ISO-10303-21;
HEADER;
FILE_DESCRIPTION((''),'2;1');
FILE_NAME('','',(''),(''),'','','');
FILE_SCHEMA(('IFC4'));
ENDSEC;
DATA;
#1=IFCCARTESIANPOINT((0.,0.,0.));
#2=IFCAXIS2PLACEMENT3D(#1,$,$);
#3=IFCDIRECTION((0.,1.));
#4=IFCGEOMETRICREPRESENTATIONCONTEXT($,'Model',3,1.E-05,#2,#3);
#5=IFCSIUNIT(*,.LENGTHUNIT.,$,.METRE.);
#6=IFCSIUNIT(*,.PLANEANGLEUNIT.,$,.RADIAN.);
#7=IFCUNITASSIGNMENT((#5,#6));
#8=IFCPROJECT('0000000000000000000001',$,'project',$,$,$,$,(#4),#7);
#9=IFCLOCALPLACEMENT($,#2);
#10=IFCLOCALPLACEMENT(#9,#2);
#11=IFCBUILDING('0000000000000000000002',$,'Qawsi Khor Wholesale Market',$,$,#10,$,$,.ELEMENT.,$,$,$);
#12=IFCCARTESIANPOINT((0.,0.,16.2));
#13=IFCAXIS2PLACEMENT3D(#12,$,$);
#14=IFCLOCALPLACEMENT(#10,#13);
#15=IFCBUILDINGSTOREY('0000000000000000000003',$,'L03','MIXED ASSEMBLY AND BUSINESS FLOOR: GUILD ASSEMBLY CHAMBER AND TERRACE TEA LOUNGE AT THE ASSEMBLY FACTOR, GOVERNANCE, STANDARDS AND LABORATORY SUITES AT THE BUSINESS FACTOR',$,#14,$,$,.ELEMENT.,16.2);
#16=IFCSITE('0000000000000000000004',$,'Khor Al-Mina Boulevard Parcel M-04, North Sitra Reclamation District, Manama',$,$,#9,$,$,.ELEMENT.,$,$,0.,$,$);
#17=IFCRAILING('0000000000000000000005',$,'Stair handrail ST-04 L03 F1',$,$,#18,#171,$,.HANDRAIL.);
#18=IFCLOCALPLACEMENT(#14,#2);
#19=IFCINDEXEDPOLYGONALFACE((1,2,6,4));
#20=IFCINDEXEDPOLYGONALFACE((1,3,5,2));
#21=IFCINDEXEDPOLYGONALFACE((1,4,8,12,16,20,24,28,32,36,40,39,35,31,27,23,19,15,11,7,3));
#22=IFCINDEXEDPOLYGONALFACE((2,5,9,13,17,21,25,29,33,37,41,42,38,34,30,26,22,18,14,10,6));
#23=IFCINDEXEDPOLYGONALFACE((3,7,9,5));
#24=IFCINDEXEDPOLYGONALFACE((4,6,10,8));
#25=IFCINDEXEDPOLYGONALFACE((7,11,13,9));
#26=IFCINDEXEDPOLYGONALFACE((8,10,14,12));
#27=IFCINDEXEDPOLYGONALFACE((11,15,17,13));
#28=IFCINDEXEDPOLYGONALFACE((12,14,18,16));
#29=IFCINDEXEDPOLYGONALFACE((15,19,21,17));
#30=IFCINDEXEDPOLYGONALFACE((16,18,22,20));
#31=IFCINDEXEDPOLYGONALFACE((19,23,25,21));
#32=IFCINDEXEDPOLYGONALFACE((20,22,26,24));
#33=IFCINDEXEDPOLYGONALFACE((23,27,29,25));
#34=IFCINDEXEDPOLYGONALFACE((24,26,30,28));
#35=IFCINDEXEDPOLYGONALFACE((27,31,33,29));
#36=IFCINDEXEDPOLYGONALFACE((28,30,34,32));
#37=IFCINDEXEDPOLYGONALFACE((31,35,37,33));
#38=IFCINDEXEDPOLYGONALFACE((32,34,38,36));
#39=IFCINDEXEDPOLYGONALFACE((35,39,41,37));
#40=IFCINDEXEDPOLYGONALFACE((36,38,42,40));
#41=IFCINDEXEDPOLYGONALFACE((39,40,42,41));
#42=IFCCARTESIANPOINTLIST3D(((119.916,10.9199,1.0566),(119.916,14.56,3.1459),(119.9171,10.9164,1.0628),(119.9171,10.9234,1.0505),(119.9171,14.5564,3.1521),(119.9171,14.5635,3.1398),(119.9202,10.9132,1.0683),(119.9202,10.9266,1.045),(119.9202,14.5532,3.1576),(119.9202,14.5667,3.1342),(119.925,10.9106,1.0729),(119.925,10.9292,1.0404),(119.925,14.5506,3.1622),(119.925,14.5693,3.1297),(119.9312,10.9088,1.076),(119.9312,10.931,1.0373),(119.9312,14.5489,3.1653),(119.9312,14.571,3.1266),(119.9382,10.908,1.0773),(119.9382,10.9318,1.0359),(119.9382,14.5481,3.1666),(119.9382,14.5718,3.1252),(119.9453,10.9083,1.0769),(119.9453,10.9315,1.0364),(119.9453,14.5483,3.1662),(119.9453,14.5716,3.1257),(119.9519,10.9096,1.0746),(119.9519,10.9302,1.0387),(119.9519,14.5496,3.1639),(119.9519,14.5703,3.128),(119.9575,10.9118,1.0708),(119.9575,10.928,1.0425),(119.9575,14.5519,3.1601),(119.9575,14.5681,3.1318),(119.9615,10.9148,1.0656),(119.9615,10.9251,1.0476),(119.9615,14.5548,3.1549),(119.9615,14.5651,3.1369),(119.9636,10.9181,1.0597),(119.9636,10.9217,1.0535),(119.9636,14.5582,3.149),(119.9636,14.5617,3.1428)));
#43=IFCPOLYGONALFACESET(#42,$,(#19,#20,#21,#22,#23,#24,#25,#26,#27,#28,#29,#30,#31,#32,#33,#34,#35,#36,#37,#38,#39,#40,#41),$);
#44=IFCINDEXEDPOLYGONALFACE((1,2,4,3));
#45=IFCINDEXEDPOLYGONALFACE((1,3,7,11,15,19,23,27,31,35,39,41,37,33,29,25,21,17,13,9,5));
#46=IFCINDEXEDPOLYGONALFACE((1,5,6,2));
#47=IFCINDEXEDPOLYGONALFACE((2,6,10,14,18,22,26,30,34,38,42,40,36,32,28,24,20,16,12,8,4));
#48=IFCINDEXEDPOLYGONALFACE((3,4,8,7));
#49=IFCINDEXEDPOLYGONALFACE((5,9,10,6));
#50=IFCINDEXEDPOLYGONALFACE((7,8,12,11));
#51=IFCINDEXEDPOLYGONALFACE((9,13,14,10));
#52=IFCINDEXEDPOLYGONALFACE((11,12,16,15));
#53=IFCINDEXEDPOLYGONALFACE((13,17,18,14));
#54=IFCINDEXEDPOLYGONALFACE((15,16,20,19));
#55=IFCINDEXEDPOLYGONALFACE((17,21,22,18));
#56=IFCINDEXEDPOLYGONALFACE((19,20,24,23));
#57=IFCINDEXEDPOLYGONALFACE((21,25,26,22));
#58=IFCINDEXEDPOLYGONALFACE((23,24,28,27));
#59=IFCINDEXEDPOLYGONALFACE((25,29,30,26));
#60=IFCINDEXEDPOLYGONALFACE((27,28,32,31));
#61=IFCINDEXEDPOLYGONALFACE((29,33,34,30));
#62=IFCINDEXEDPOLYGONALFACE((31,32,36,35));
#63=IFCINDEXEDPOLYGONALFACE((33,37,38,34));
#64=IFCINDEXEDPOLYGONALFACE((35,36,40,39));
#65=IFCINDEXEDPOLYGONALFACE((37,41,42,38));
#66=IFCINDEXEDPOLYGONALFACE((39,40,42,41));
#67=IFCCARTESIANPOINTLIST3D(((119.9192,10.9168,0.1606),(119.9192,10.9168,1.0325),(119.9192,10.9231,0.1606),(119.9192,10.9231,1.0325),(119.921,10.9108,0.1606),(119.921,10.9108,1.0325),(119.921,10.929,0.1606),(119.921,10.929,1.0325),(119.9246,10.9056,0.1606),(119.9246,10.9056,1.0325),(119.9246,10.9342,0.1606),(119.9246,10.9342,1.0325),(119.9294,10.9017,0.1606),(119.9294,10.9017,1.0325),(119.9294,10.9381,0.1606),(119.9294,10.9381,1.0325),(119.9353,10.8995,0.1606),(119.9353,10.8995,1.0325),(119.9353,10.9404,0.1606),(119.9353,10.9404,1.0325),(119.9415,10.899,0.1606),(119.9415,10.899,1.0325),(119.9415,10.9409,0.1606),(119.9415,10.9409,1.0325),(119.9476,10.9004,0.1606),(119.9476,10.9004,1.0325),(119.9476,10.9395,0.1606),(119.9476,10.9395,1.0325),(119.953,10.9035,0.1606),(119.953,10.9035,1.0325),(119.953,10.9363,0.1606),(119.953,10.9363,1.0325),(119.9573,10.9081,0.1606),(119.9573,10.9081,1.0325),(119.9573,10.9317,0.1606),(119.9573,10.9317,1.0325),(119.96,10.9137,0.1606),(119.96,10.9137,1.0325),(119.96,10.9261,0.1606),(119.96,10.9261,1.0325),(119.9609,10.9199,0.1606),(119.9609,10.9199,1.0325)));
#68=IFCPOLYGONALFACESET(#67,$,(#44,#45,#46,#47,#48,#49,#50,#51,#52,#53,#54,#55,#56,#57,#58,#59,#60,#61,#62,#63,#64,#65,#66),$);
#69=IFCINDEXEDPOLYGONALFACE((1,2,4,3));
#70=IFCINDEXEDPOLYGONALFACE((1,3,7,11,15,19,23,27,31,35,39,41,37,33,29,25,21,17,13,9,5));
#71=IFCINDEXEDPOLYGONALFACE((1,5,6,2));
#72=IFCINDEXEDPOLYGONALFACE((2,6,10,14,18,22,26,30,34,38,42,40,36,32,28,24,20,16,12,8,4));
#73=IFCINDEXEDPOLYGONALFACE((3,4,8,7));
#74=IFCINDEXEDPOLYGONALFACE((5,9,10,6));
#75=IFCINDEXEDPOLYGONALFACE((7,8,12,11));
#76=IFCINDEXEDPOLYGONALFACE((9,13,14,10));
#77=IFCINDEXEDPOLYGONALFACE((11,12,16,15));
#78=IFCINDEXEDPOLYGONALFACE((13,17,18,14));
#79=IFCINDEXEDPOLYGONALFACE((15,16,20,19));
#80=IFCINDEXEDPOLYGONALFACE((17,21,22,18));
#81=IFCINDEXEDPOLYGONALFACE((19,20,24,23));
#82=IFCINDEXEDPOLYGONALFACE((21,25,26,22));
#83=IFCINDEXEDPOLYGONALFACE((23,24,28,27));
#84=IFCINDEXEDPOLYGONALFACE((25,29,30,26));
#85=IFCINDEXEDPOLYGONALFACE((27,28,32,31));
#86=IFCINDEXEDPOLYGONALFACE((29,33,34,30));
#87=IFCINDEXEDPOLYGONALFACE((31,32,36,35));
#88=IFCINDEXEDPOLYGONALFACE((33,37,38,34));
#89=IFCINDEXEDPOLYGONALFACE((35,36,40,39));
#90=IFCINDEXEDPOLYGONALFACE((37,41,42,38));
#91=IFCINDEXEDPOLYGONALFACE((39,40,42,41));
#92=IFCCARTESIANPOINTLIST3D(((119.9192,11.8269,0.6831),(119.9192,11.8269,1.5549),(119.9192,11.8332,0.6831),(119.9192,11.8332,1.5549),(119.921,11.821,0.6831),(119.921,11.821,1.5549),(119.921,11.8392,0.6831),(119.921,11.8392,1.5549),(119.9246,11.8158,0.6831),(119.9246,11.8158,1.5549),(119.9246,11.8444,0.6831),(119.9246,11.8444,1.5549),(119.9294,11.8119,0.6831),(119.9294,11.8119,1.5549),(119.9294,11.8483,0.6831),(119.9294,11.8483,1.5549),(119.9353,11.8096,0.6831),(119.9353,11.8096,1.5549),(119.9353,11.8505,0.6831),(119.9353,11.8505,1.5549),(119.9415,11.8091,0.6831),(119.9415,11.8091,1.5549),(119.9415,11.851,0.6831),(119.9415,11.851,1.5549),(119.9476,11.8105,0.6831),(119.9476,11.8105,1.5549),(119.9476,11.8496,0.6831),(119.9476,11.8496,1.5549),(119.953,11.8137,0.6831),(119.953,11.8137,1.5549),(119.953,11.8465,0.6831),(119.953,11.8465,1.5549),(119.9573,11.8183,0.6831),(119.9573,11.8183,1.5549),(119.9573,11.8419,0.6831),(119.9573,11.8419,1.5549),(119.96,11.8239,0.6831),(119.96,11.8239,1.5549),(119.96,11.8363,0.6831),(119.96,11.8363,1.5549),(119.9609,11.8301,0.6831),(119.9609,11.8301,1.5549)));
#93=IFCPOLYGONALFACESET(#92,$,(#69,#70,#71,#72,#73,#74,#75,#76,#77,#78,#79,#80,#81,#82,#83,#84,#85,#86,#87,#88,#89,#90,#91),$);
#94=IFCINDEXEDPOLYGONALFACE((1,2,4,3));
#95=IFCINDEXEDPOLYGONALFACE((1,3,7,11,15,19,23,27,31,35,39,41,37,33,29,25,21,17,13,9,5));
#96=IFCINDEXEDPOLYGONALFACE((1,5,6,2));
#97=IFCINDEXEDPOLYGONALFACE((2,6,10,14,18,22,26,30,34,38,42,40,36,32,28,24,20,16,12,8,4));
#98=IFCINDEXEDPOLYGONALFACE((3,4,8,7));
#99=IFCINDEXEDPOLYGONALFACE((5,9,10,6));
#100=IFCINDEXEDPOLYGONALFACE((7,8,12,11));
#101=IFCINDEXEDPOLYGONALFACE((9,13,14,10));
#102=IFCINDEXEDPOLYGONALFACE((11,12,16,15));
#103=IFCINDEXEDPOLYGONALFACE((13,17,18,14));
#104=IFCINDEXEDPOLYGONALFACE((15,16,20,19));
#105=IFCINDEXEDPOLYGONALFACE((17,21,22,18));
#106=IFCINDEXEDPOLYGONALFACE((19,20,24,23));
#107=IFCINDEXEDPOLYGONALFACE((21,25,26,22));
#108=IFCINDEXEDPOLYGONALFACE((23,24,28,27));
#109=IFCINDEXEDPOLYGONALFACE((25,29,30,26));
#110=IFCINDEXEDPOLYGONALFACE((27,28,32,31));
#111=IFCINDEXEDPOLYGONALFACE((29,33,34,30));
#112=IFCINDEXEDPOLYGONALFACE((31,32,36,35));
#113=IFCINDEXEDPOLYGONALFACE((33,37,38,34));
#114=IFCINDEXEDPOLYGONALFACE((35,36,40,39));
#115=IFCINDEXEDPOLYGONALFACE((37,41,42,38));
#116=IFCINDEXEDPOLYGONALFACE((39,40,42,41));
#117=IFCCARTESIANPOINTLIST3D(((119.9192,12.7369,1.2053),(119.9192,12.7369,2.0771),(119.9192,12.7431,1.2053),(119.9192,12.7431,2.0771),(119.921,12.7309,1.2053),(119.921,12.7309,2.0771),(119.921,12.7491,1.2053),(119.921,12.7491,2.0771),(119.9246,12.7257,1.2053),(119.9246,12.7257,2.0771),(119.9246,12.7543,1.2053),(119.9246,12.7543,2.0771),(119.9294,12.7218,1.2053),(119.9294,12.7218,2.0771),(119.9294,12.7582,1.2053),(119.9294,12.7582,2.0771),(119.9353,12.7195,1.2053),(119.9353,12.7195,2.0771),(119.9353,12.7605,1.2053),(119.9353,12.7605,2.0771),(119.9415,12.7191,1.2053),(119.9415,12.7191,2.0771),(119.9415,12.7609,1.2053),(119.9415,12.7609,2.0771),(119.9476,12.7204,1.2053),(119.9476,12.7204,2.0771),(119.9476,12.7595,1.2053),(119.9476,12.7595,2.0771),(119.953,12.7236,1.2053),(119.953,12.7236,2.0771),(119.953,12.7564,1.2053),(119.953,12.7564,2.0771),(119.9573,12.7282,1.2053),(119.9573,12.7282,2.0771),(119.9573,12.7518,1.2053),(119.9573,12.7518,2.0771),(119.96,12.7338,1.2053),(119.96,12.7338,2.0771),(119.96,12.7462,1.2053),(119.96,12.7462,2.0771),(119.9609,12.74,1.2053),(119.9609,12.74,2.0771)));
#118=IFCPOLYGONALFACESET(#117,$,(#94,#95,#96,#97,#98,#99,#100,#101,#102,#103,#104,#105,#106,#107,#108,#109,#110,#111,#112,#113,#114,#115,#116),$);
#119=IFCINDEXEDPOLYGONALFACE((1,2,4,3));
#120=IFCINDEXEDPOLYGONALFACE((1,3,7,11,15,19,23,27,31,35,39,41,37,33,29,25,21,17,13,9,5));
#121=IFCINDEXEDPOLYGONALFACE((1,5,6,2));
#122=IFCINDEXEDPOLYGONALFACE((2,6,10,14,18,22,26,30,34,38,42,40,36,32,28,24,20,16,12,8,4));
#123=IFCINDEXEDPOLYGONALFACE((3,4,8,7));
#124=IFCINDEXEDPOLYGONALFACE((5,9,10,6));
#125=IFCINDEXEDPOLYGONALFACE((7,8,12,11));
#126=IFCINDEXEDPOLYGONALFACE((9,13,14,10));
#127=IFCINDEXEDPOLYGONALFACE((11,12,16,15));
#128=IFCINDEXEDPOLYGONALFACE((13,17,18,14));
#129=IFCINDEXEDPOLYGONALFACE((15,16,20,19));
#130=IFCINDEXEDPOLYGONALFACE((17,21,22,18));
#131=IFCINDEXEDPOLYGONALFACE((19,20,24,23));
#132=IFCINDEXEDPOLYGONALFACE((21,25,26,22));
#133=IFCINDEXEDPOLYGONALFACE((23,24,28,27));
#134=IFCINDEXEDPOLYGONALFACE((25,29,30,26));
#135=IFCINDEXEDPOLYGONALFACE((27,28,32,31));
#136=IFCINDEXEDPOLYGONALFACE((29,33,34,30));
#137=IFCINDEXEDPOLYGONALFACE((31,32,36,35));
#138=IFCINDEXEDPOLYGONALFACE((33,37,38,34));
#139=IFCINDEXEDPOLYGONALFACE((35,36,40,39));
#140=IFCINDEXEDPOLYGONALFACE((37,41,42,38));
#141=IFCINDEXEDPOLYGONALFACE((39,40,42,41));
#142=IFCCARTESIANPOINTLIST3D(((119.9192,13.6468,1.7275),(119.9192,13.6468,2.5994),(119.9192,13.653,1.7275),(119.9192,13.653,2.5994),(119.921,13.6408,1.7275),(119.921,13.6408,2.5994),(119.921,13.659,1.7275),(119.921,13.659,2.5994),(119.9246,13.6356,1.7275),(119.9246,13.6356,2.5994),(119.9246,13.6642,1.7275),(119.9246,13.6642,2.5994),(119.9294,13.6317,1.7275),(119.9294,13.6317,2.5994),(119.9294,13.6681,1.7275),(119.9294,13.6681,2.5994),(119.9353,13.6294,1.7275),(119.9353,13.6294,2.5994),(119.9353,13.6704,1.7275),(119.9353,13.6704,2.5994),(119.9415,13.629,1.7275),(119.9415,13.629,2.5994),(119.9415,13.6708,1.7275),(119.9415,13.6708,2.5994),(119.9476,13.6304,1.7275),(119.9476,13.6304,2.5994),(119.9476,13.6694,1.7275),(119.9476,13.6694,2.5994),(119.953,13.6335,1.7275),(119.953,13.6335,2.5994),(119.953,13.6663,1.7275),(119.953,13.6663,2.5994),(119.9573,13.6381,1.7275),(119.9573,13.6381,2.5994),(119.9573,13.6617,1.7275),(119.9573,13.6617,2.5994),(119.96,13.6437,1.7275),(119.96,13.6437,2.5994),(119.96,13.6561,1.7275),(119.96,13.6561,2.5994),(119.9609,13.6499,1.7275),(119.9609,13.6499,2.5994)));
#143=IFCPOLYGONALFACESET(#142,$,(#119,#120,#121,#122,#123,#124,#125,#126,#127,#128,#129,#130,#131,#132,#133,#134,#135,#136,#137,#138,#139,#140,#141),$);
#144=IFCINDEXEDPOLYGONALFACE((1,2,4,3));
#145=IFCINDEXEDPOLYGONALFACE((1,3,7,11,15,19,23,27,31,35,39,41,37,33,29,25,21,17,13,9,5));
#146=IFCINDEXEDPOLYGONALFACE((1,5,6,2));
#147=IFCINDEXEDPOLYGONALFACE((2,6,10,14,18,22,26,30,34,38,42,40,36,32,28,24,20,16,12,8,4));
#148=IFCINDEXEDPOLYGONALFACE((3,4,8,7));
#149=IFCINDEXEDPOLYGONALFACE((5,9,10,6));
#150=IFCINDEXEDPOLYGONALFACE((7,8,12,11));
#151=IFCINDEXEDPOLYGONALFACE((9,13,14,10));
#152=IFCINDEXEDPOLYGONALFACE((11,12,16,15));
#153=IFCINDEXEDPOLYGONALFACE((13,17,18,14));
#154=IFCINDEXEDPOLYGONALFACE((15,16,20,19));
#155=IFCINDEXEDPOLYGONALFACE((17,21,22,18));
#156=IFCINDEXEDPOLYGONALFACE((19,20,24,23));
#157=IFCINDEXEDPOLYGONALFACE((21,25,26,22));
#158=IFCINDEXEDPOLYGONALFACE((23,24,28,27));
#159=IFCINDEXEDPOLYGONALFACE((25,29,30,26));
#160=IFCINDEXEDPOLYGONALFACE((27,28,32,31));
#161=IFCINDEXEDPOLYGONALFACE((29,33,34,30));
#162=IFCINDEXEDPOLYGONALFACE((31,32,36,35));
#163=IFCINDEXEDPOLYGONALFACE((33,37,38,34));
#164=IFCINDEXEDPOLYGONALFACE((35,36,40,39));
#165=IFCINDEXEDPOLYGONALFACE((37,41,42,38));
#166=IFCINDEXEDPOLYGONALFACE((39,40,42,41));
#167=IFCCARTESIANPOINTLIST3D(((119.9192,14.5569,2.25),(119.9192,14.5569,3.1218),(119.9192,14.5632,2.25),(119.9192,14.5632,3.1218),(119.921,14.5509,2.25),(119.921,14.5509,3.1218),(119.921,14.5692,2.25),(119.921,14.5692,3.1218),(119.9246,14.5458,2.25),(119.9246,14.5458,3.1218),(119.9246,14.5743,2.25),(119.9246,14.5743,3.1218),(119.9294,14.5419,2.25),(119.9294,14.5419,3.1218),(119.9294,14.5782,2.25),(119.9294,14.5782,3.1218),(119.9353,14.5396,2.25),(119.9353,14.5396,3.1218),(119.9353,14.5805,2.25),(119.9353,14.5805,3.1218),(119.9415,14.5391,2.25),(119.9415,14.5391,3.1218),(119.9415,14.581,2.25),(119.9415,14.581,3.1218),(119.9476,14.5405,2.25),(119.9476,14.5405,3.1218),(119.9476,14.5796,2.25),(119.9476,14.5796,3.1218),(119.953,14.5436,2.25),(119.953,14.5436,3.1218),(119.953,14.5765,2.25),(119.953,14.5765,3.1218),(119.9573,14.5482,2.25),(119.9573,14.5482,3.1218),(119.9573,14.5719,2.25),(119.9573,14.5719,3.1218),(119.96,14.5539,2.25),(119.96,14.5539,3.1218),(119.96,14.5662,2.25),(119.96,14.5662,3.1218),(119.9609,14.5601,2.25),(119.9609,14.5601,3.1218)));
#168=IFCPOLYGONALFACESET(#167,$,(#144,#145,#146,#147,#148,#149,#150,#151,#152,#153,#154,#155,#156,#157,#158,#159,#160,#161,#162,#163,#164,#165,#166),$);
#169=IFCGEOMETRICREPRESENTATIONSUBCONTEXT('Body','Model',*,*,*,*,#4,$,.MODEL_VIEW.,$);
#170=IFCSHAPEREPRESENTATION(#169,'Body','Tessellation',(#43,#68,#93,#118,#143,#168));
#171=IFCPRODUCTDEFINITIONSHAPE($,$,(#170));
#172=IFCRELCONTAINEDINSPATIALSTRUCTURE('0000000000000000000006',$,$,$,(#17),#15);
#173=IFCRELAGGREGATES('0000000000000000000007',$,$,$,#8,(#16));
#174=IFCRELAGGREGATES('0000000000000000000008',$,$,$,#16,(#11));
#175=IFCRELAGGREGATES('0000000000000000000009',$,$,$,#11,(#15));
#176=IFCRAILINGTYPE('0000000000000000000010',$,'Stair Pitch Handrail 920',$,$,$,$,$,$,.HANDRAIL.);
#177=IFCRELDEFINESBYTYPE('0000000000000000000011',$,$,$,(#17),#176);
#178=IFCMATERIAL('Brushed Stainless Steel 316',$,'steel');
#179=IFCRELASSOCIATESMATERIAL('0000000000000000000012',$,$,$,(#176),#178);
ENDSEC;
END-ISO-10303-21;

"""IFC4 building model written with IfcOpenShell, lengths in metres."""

from ifc_helpers import new_model, si_unit, direction, frame, origin, origin_2d, place, context, subcontext, project, spatial, circle, extrude, material, type_object, element, save


model = new_model("IFC4")

# Units and contexts
model_context = context("Model", 3, precision=1e-05, world=origin(), true_north=direction((0.0, 1.0)))
body_context = subcontext(model_context, "Body", "Model", "MODEL_VIEW")
ifc_project = project(units=[si_unit("LENGTHUNIT", "METRE"), si_unit("PLANEANGLEUNIT", "RADIAN")], contexts=[model_context])

# Site, building, storey
site_placement = place(None, origin())
site = spatial("IfcSite", under=ifc_project, at=site_placement, Name="Khor Al-Mina Boulevard Parcel M-04, North Sitra Reclamation District, Manama", CompositionType="ELEMENT", RefElevation=0.0)
building_placement = place(site_placement, origin())
building = spatial("IfcBuilding", under=site, at=building_placement, Name="Qawsi Khor Wholesale Market", CompositionType="ELEMENT")
storey_placement = place(building_placement, frame((0.0, 0.0, 16.2)))
storey = spatial("IfcBuildingStorey", under=building, at=storey_placement, Name="L03", Description="MIXED ASSEMBLY AND BUSINESS FLOOR: GUILD ASSEMBLY CHAMBER AND TERRACE TEA LOUNGE AT THE ASSEMBLY FACTOR, GOVERNANCE, STANDARDS AND LABORATORY SUITES AT THE BUSINESS FACTOR", CompositionType="ELEMENT", Elevation=16.2)

# Railing
ifc_material_1 = material(Name="Brushed Stainless Steel 316", Category="steel")
railing_type_1 = type_object("IfcRailingType", Name="Stair Pitch Handrail 920", PredefinedType="HANDRAIL", material=ifc_material_1)
railing_1_placement = place(storey_placement, frame((119.9399, 10.9199, 0.1606)))
element("IfcRailing", 1, at=railing_1_placement, inside=storey, type_object=railing_type_1, Name="Stair handrail ST-04 L03 F1", PredefinedType="HANDRAIL", context=body_context, shape_type="SweptSolid", body=[
    extrude(circle(Radius=0.0239, at=origin_2d()), frame((0.0, 0.0, 0.896), z_axis=(0.0, 0.867289, 0.497804), x_axis=(-1.0, 0.0, 0.0)), (0.0, 0.0, 1.0), 4.197),
    extrude(circle(Radius=0.021, at=origin_2d()), origin(), (0.0, 0.0, 1.0), 0.8718),
    extrude(circle(Radius=0.021, at=origin_2d()), frame((0.0, 0.9102, 0.5225)), (0.0, 0.0, 1.0), 0.8718),
    extrude(circle(Radius=0.021, at=origin_2d()), frame((0.0, 1.8201, 1.0447)), (0.0, 0.0, 1.0), 0.8718),
    extrude(circle(Radius=0.021, at=origin_2d()), frame((0.0, 2.73, 1.5669)), (0.0, 0.0, 1.0), 0.8718),
    extrude(circle(Radius=0.021, at=origin_2d()), frame((0.0, 3.6401, 2.0894)), (0.0, 0.0, 1.0), 0.8718),
])

save(model, "model.ifc")
